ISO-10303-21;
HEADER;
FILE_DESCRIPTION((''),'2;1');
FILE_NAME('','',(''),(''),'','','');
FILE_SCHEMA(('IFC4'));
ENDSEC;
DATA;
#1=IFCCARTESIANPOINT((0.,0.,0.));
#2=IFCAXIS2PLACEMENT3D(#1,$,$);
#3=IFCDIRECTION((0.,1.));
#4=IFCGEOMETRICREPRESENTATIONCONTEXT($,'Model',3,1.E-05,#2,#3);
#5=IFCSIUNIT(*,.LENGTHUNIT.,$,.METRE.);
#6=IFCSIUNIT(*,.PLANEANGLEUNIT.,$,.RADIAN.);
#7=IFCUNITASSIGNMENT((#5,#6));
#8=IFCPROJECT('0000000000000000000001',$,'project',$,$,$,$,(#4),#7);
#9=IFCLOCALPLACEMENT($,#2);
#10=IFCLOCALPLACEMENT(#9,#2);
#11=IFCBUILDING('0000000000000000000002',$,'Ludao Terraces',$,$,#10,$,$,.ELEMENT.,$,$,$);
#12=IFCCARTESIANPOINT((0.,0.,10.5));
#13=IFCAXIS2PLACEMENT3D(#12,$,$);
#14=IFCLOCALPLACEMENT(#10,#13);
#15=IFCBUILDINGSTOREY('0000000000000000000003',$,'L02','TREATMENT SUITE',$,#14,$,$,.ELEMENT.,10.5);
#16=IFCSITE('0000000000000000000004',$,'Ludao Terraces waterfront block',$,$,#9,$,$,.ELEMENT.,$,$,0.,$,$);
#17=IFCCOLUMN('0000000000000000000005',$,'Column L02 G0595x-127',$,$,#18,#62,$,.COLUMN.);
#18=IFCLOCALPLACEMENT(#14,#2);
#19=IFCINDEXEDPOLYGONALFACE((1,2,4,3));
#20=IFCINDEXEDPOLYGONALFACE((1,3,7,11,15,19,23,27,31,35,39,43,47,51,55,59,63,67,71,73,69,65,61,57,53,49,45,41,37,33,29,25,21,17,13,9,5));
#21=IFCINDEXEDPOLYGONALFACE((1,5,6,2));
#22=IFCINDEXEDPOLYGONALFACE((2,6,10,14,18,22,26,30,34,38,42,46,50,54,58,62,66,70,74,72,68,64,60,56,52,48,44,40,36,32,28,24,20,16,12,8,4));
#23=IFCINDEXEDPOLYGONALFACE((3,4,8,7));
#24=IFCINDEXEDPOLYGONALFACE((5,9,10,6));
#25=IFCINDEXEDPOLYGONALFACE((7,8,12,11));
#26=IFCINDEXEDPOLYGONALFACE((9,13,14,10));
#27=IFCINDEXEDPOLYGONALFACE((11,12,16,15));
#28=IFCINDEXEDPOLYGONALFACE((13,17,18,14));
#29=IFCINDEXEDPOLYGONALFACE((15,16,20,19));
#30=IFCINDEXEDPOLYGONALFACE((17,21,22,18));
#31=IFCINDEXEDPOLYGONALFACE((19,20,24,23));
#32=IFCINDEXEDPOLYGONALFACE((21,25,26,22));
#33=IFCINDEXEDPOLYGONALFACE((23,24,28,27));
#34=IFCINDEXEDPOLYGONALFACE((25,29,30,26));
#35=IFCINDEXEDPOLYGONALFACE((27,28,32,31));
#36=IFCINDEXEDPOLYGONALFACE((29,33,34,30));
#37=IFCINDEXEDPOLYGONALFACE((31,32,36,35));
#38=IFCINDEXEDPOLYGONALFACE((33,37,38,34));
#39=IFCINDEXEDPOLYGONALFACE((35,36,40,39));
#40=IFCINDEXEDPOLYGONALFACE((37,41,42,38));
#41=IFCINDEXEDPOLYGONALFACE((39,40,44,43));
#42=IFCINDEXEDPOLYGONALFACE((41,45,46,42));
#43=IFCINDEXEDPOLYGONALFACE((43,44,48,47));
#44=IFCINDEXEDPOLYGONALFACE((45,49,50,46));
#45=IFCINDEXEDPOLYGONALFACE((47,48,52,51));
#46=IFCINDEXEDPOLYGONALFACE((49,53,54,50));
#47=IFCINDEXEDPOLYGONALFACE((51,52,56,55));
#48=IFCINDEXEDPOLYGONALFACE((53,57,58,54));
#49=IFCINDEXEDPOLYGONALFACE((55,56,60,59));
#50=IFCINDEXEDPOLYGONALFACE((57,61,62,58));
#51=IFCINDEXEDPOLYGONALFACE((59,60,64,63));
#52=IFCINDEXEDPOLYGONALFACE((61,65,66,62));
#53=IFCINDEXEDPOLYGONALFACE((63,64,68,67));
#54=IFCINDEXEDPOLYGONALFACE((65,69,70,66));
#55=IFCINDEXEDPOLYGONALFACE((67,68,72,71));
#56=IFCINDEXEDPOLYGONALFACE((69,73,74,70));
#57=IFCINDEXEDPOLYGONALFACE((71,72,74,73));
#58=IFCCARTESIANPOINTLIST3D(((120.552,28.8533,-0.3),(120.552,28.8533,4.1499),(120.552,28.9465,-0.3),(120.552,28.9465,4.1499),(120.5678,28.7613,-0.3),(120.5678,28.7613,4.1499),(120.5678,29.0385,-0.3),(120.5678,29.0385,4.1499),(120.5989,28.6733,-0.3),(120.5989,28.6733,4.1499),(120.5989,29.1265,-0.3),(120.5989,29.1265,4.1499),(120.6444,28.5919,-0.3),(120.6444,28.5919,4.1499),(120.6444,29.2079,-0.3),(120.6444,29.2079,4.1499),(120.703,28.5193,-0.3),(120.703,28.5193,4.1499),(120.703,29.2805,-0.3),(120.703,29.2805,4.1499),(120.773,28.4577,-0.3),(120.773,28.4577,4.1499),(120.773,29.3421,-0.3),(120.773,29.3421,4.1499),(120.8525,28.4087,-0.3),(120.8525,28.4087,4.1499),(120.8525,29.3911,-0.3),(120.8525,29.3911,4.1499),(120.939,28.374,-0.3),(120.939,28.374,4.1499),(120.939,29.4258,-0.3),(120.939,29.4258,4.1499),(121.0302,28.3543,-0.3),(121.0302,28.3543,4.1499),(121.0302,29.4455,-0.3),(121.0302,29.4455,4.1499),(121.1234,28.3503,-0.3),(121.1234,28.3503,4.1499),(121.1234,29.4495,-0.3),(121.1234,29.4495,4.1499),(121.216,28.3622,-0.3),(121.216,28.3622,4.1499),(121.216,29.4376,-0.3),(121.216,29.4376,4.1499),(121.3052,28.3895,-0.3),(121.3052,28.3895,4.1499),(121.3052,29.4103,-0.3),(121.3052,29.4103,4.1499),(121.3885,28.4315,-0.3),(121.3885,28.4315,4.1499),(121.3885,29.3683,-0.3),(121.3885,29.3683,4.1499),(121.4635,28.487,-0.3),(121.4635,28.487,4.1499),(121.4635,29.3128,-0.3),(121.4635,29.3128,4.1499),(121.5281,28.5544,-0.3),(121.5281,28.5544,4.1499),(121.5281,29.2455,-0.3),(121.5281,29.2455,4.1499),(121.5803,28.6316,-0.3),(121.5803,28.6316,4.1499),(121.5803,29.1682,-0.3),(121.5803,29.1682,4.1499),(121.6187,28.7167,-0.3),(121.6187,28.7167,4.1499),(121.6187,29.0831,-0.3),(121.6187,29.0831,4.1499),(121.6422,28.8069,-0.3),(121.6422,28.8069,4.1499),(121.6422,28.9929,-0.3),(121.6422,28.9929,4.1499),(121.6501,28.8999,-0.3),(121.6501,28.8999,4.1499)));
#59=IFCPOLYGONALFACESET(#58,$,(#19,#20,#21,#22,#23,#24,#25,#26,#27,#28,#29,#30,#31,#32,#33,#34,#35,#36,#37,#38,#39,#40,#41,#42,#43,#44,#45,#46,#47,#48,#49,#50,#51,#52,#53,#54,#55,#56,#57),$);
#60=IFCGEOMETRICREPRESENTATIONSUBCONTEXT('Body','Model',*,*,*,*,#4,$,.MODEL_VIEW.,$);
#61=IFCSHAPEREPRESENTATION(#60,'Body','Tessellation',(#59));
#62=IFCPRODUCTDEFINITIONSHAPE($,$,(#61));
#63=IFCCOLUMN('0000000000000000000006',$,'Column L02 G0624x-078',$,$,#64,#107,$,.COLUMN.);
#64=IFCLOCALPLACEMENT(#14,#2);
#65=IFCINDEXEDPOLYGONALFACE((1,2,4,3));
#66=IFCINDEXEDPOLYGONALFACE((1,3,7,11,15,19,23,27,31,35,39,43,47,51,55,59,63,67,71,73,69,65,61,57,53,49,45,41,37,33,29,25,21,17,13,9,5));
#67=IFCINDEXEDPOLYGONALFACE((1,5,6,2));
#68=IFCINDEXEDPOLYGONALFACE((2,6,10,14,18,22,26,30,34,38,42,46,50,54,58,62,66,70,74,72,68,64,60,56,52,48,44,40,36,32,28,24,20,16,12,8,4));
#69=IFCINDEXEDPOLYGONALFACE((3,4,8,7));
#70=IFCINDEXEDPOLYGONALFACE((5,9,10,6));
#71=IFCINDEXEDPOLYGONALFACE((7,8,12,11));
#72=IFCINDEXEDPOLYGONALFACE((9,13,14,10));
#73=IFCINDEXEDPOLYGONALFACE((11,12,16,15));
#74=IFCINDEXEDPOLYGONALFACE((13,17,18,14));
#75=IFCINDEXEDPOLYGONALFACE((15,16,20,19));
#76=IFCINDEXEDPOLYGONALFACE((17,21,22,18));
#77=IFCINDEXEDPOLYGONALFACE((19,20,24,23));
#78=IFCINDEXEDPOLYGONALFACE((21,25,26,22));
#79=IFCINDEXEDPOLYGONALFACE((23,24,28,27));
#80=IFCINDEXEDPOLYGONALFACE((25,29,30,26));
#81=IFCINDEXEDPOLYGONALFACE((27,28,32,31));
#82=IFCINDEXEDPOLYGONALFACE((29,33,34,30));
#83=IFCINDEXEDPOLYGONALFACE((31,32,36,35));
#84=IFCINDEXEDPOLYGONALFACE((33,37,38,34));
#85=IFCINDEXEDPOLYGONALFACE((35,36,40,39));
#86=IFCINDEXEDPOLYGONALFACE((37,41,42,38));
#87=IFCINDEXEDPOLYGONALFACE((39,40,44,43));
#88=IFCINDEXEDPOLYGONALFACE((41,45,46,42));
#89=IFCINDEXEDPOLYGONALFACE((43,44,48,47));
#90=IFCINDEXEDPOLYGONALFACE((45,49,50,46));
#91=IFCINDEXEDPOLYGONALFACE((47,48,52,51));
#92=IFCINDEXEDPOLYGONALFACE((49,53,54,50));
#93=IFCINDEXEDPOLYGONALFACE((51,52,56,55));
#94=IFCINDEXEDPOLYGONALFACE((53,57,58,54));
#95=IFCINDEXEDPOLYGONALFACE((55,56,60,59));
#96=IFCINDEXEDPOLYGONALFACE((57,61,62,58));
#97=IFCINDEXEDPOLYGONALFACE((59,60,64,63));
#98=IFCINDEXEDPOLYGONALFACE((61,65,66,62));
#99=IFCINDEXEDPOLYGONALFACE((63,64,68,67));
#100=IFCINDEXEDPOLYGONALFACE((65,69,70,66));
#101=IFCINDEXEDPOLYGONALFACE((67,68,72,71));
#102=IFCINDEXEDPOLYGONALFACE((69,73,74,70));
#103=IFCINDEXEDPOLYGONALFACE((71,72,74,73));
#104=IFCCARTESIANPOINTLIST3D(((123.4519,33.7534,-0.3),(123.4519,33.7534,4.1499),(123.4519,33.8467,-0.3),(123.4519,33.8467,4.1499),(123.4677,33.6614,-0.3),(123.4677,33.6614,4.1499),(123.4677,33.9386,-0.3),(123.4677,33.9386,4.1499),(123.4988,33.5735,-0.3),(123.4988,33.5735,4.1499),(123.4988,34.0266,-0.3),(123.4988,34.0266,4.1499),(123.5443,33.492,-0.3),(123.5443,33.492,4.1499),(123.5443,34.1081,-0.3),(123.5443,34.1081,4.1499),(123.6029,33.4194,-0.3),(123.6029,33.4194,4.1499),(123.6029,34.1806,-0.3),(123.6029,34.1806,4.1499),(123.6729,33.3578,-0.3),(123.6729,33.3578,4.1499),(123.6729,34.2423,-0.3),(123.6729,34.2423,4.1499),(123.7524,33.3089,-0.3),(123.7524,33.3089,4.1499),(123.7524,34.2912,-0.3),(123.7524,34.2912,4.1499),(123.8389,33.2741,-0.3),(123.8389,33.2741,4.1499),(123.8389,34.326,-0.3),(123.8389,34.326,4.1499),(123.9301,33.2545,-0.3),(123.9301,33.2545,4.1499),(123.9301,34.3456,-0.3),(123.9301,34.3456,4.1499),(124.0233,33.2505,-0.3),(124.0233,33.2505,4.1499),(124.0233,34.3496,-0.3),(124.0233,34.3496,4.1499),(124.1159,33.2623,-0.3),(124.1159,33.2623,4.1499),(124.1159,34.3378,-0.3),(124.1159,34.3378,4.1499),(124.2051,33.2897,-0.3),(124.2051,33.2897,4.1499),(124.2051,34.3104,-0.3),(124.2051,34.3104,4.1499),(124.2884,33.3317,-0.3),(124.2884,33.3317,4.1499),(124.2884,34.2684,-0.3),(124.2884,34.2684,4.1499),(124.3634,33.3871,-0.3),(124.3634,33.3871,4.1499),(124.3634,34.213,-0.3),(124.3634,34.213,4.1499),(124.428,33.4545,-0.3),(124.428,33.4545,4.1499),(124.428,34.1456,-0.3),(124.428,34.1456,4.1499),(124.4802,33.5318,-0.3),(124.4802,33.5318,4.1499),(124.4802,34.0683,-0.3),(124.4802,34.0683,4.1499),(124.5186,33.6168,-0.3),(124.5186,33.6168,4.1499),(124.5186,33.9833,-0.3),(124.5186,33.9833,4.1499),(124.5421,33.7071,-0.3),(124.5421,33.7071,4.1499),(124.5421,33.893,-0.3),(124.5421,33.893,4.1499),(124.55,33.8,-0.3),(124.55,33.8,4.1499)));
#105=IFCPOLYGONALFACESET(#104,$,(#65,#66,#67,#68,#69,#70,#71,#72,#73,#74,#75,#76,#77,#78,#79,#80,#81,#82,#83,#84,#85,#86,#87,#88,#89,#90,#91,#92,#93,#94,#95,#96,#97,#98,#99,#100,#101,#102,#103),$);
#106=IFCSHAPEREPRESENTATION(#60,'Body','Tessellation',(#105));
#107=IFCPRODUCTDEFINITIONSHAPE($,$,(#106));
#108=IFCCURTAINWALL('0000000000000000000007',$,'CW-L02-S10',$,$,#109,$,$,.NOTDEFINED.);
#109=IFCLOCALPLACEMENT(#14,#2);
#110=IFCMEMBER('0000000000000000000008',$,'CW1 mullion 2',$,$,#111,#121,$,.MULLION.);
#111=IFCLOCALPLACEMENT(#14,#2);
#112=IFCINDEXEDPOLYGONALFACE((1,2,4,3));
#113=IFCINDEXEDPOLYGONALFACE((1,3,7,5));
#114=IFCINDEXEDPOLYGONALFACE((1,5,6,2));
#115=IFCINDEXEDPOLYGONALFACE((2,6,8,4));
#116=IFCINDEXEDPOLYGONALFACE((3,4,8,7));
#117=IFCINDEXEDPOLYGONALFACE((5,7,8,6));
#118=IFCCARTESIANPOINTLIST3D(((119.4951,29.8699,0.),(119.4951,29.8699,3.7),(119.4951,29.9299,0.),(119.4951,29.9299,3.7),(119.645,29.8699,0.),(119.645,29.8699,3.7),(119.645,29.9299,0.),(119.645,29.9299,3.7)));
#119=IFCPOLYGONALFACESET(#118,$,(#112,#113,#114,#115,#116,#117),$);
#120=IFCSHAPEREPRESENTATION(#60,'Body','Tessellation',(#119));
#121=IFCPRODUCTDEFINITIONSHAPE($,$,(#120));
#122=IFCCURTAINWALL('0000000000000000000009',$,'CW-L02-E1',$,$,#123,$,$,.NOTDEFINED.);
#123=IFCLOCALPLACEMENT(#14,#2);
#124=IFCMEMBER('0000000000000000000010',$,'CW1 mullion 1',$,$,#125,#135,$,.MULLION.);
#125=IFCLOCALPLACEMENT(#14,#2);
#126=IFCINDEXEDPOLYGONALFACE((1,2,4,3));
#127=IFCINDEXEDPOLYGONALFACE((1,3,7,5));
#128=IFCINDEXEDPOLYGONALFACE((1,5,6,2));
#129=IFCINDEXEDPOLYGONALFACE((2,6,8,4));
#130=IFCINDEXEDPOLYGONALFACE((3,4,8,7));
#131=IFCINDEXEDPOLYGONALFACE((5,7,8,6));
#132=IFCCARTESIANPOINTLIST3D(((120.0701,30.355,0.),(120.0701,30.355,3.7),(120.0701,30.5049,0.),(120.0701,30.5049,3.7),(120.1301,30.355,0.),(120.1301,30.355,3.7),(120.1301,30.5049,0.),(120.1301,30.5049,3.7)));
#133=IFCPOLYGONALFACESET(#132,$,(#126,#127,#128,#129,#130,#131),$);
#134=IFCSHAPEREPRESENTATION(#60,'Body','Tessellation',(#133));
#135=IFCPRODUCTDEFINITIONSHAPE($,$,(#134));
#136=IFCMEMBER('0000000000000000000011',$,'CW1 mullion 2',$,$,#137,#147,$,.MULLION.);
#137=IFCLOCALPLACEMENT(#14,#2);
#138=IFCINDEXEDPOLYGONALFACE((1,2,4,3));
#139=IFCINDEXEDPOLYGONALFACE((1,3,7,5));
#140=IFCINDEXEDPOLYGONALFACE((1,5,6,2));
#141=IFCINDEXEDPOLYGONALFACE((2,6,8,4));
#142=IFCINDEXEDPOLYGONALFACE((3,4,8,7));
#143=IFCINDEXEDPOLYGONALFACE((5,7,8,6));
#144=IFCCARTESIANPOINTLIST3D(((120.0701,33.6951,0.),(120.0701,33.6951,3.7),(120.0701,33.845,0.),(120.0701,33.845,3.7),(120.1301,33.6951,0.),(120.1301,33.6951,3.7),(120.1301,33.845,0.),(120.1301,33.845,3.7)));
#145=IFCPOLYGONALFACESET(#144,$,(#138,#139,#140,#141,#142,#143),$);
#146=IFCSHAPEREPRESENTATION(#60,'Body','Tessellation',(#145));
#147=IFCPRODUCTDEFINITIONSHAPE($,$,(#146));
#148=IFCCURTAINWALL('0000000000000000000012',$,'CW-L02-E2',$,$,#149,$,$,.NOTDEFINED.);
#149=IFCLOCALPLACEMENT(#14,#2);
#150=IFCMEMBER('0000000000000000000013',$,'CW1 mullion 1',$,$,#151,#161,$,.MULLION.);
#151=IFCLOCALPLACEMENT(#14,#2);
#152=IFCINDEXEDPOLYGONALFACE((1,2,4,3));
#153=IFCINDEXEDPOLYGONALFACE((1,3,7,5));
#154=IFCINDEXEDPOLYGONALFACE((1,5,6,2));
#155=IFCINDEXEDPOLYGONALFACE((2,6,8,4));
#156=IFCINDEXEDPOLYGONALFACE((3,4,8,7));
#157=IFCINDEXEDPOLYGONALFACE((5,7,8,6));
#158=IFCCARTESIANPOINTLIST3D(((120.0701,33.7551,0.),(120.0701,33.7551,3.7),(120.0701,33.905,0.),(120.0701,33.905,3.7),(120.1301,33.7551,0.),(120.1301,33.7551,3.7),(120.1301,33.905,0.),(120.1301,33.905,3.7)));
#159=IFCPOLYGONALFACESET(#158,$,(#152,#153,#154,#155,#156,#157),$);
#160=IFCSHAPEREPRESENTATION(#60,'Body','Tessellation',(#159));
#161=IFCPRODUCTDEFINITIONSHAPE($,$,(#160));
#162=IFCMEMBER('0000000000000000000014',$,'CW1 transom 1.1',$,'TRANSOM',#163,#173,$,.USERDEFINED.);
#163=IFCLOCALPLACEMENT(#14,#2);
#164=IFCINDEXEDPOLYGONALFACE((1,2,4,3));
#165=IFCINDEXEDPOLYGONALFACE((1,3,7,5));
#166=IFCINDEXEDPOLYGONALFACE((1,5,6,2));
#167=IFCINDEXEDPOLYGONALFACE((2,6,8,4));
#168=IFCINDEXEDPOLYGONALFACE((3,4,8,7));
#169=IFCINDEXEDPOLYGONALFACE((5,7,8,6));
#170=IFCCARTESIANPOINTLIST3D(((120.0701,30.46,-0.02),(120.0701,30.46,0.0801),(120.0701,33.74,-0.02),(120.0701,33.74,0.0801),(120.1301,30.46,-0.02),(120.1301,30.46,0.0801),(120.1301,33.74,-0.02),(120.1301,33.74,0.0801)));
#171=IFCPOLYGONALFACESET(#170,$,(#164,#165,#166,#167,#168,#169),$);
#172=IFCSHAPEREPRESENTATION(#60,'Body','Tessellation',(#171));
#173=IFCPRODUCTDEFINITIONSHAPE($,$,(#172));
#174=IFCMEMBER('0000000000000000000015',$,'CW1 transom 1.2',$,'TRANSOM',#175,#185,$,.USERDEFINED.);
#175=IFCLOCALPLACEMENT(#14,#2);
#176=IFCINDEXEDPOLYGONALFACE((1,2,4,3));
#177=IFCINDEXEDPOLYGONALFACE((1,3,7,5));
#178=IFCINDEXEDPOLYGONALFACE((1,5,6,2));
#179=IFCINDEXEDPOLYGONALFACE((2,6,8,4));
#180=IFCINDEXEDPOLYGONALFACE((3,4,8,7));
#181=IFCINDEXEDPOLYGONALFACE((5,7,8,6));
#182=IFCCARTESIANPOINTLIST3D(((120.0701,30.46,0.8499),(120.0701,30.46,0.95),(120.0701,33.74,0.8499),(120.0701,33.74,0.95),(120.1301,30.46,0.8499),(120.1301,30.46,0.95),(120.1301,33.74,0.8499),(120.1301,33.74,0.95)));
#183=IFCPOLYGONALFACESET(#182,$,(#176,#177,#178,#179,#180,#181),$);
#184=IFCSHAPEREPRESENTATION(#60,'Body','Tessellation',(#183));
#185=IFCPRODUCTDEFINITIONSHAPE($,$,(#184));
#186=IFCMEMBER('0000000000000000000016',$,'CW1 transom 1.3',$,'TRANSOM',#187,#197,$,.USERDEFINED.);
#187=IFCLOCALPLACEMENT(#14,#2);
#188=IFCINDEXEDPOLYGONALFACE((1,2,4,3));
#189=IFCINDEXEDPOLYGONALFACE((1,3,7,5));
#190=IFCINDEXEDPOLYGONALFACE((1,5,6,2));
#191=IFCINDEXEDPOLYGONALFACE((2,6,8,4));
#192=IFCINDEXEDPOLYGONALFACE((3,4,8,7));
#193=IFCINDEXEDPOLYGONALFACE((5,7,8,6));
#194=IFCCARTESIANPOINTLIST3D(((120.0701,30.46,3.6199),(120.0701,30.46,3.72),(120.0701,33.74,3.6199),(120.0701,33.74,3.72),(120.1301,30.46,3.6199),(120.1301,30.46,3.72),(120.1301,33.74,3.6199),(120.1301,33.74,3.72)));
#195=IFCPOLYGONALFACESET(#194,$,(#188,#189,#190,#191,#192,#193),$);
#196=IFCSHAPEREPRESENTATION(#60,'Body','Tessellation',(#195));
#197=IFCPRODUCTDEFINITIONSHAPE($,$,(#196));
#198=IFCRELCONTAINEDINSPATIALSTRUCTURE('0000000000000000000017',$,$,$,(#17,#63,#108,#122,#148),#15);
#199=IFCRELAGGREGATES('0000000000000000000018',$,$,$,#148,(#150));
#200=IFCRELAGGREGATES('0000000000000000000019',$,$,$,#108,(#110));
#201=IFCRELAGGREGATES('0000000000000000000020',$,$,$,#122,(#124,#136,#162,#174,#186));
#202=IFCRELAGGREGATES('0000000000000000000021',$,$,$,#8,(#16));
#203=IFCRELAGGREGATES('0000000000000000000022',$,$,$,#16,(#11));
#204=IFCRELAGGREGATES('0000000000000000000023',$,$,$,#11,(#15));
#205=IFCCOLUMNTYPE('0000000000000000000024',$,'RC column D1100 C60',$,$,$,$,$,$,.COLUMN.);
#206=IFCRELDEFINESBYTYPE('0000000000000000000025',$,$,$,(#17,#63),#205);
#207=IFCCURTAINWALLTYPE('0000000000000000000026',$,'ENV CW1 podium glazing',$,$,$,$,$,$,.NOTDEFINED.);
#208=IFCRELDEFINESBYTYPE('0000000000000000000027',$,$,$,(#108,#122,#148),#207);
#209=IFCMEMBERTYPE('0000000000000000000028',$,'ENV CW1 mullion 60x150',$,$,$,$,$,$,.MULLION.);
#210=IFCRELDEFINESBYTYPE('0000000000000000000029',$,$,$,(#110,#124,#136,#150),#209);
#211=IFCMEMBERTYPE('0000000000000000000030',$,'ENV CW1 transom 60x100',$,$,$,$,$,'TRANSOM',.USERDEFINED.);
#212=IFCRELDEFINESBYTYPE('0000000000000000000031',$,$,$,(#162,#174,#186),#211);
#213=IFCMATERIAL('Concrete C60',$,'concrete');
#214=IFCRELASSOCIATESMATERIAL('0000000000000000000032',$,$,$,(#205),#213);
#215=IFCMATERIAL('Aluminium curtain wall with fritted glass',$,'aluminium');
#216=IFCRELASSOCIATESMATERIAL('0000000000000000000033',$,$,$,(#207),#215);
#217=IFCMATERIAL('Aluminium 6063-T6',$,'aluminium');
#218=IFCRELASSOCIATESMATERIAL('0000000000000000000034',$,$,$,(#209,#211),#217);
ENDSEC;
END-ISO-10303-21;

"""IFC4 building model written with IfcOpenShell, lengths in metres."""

from ifc_helpers import new_model, si_unit, direction, frame, origin, origin_2d, place, context, subcontext, project, spatial, rectangle, circle, extrude, material, material_profile, profile_set, type_object, element, aggregate, save


model = new_model("IFC4")

# Units and contexts
model_context = context("Model", 3, precision=1e-05, world=origin(), true_north=direction((0.0, 1.0)))
body_context = subcontext(model_context, "Body", "Model", "MODEL_VIEW")
ifc_project = project(units=[si_unit("LENGTHUNIT", "METRE"), si_unit("PLANEANGLEUNIT", "RADIAN")], contexts=[model_context])

# Site, building, storey
site_placement = place(None, origin())
site = spatial("IfcSite", under=ifc_project, at=site_placement, Name="Ludao Terraces waterfront block", CompositionType="ELEMENT", RefElevation=0.0)
building_placement = place(site_placement, origin())
building = spatial("IfcBuilding", under=site, at=building_placement, Name="Ludao Terraces", CompositionType="ELEMENT")
storey_placement = place(building_placement, frame((0.0, 0.0, 10.5)))
storey = spatial("IfcBuildingStorey", under=building, at=storey_placement, Name="L02", Description="TREATMENT SUITE", CompositionType="ELEMENT", Elevation=10.5)

# Columns
ifc_material_1 = material(Name="Concrete C60", Category="concrete")
ifc_material_profile_1 = material_profile(ifc_material_1, circle(Radius=0.55, at=origin_2d()), Name="D1100")
ifc_profile_set_1 = profile_set([ifc_material_profile_1], Name="Concrete C60")
column_type = type_object("IfcColumnType", Name="RC column D1100 C60", PredefinedType="COLUMN", material=ifc_profile_set_1)
for number, where, z_axis, x_axis, name in (
    (1, (121.1001, 28.8999, -0.3), (0.0, 0.0, 1.0), (1.0, 0.0, 0.0), "Column L02 G0595x-127"),
    (2, (124.0, 33.8, -0.3), (0.0, 0.0, 1.0), (1.0, 0.0, 0.0), "Column L02 G0624x-078"),
):
    element("IfcColumn", number, at=place(storey_placement, frame(where, z_axis=z_axis, x_axis=x_axis)), inside=storey, type_object=column_type, Name=name, PredefinedType="COLUMN", context=body_context, shape_type="SweptSolid", body=[
        extrude(circle(Radius=0.55, at=origin_2d()), origin(), (0.0, 0.0, 1.0), 4.45),
    ])

# Curtain wall, member
ifc_material_2 = material(Name="Aluminium curtain wall with fritted glass", Category="aluminium")
curtain_wall_type = type_object("IfcCurtainWallType", Name="ENV CW1 podium glazing", PredefinedType="NOTDEFINED", material=ifc_material_2)
curtain_wall_1_placement = place(storey_placement, origin())
curtain_wall_1 = element("IfcCurtainWall", 3, at=curtain_wall_1_placement, inside=storey, type_object=curtain_wall_type, Name="CW-L02-S10", PredefinedType="NOTDEFINED")
ifc_material_3 = material(Name="Aluminium 6063-T6", Category="aluminium")
ifc_material_profile_2 = material_profile(ifc_material_3, rectangle(XDim=0.0601, YDim=0.1499, at=origin_2d()), Name="60 X 150")
ifc_profile_set_2 = profile_set([ifc_material_profile_2], Name="Aluminium 6063-T6")
member_type_1 = type_object("IfcMemberType", Name="ENV CW1 mullion 60x150", PredefinedType="MULLION", material=ifc_profile_set_2)
member_1_placement = place(storey_placement, frame((119.5701, 29.8999, 0.0), z_axis=(0.0, 0.0, 1.0), x_axis=(0.0, 1.0, 0.0)))
member_1 = element("IfcMember", 4, at=member_1_placement, type_object=member_type_1, Name="CW1 mullion 2", PredefinedType="MULLION", context=body_context, shape_type="SweptSolid", body=[
    extrude(rectangle(XDim=0.0601, YDim=0.1499, at=origin_2d()), origin(), (0.0, 0.0, 1.0), 3.7),
])

# Curtain wall, members
curtain_wall_2_placement = place(storey_placement, origin())
curtain_wall_2 = element("IfcCurtainWall", 5, at=curtain_wall_2_placement, inside=storey, type_object=curtain_wall_type, Name="CW-L02-E1", PredefinedType="NOTDEFINED")
member_2_placement = place(storey_placement, frame((120.1001, 30.4299, 0.0), z_axis=(0.0, 0.0, 1.0), x_axis=(-1.0, 0.0, 0.0)))
member_2 = element("IfcMember", 6, at=member_2_placement, type_object=member_type_1, Name="CW1 mullion 1", PredefinedType="MULLION", context=body_context, shape_type="SweptSolid", body=[
    extrude(rectangle(XDim=0.0601, YDim=0.1499, at=origin_2d()), origin(), (0.0, 0.0, 1.0), 3.7),
])
member_3_placement = place(storey_placement, frame((120.1001, 33.77, 0.0), z_axis=(0.0, 0.0, 1.0), x_axis=(-1.0, 0.0, 0.0)))
member_3 = element("IfcMember", 7, at=member_3_placement, type_object=member_type_1, Name="CW1 mullion 2", PredefinedType="MULLION", context=body_context, shape_type="SweptSolid", body=[
    extrude(rectangle(XDim=0.0601, YDim=0.1499, at=origin_2d()), origin(), (0.0, 0.0, 1.0), 3.7),
])

# Curtain wall, member
curtain_wall_3_placement = place(storey_placement, origin())
curtain_wall_3 = element("IfcCurtainWall", 8, at=curtain_wall_3_placement, inside=storey, type_object=curtain_wall_type, Name="CW-L02-E2", PredefinedType="NOTDEFINED")
member_4_placement = place(storey_placement, frame((120.1001, 33.8301, 0.0), z_axis=(0.0, 0.0, 1.0), x_axis=(-1.0, 0.0, 0.0)))
member_4 = element("IfcMember", 9, at=member_4_placement, type_object=member_type_1, Name="CW1 mullion 1", PredefinedType="MULLION", context=body_context, shape_type="SweptSolid", body=[
    extrude(rectangle(XDim=0.0601, YDim=0.1499, at=origin_2d()), origin(), (0.0, 0.0, 1.0), 3.7),
])

# Members
ifc_material_profile_3 = material_profile(ifc_material_3, rectangle(XDim=0.0601, YDim=0.1001, at=origin_2d()), Name="60 X 100")
ifc_profile_set_3 = profile_set([ifc_material_profile_3], Name="Aluminium 6063-T6")
member_type_2 = type_object("IfcMemberType", Name="ENV CW1 transom 60x100", ElementType="TRANSOM", PredefinedType="USERDEFINED", material=ifc_profile_set_3)
member_5_placement = place(storey_placement, frame((120.1001, 30.46, 0.03), z_axis=(0.0, 1.0, 0.0), x_axis=(-1.0, 0.0, 0.0)))
member_5 = element("IfcMember", 10, at=member_5_placement, type_object=member_type_2, Name="CW1 transom 1.1", ObjectType="TRANSOM", PredefinedType="USERDEFINED", context=body_context, shape_type="SweptSolid", body=[
    extrude(rectangle(XDim=0.0601, YDim=0.1001, at=origin_2d()), origin(), (0.0, 0.0, 1.0), 3.28),
])
member_6_placement = place(storey_placement, frame((120.1001, 30.46, 0.8999), z_axis=(0.0, 1.0, 0.0), x_axis=(-1.0, 0.0, 0.0)))
member_6 = element("IfcMember", 11, at=member_6_placement, type_object=member_type_2, Name="CW1 transom 1.2", ObjectType="TRANSOM", PredefinedType="USERDEFINED", context=body_context, shape_type="SweptSolid", body=[
    extrude(rectangle(XDim=0.0601, YDim=0.1001, at=origin_2d()), origin(), (0.0, 0.0, 1.0), 3.28),
])
member_7_placement = place(storey_placement, frame((120.1001, 30.46, 3.6699), z_axis=(0.0, 1.0, 0.0), x_axis=(-1.0, 0.0, 0.0)))
member_7 = element("IfcMember", 12, at=member_7_placement, type_object=member_type_2, Name="CW1 transom 1.3", ObjectType="TRANSOM", PredefinedType="USERDEFINED", context=body_context, shape_type="SweptSolid", body=[
    extrude(rectangle(XDim=0.0601, YDim=0.1001, at=origin_2d()), origin(), (0.0, 0.0, 1.0), 3.28),
])
aggregate(curtain_wall_3, [member_4])

aggregate(curtain_wall_1, [member_1])
aggregate(curtain_wall_2, [member_2, member_3, member_5, member_6, member_7])

save(model, "model.ifc")
